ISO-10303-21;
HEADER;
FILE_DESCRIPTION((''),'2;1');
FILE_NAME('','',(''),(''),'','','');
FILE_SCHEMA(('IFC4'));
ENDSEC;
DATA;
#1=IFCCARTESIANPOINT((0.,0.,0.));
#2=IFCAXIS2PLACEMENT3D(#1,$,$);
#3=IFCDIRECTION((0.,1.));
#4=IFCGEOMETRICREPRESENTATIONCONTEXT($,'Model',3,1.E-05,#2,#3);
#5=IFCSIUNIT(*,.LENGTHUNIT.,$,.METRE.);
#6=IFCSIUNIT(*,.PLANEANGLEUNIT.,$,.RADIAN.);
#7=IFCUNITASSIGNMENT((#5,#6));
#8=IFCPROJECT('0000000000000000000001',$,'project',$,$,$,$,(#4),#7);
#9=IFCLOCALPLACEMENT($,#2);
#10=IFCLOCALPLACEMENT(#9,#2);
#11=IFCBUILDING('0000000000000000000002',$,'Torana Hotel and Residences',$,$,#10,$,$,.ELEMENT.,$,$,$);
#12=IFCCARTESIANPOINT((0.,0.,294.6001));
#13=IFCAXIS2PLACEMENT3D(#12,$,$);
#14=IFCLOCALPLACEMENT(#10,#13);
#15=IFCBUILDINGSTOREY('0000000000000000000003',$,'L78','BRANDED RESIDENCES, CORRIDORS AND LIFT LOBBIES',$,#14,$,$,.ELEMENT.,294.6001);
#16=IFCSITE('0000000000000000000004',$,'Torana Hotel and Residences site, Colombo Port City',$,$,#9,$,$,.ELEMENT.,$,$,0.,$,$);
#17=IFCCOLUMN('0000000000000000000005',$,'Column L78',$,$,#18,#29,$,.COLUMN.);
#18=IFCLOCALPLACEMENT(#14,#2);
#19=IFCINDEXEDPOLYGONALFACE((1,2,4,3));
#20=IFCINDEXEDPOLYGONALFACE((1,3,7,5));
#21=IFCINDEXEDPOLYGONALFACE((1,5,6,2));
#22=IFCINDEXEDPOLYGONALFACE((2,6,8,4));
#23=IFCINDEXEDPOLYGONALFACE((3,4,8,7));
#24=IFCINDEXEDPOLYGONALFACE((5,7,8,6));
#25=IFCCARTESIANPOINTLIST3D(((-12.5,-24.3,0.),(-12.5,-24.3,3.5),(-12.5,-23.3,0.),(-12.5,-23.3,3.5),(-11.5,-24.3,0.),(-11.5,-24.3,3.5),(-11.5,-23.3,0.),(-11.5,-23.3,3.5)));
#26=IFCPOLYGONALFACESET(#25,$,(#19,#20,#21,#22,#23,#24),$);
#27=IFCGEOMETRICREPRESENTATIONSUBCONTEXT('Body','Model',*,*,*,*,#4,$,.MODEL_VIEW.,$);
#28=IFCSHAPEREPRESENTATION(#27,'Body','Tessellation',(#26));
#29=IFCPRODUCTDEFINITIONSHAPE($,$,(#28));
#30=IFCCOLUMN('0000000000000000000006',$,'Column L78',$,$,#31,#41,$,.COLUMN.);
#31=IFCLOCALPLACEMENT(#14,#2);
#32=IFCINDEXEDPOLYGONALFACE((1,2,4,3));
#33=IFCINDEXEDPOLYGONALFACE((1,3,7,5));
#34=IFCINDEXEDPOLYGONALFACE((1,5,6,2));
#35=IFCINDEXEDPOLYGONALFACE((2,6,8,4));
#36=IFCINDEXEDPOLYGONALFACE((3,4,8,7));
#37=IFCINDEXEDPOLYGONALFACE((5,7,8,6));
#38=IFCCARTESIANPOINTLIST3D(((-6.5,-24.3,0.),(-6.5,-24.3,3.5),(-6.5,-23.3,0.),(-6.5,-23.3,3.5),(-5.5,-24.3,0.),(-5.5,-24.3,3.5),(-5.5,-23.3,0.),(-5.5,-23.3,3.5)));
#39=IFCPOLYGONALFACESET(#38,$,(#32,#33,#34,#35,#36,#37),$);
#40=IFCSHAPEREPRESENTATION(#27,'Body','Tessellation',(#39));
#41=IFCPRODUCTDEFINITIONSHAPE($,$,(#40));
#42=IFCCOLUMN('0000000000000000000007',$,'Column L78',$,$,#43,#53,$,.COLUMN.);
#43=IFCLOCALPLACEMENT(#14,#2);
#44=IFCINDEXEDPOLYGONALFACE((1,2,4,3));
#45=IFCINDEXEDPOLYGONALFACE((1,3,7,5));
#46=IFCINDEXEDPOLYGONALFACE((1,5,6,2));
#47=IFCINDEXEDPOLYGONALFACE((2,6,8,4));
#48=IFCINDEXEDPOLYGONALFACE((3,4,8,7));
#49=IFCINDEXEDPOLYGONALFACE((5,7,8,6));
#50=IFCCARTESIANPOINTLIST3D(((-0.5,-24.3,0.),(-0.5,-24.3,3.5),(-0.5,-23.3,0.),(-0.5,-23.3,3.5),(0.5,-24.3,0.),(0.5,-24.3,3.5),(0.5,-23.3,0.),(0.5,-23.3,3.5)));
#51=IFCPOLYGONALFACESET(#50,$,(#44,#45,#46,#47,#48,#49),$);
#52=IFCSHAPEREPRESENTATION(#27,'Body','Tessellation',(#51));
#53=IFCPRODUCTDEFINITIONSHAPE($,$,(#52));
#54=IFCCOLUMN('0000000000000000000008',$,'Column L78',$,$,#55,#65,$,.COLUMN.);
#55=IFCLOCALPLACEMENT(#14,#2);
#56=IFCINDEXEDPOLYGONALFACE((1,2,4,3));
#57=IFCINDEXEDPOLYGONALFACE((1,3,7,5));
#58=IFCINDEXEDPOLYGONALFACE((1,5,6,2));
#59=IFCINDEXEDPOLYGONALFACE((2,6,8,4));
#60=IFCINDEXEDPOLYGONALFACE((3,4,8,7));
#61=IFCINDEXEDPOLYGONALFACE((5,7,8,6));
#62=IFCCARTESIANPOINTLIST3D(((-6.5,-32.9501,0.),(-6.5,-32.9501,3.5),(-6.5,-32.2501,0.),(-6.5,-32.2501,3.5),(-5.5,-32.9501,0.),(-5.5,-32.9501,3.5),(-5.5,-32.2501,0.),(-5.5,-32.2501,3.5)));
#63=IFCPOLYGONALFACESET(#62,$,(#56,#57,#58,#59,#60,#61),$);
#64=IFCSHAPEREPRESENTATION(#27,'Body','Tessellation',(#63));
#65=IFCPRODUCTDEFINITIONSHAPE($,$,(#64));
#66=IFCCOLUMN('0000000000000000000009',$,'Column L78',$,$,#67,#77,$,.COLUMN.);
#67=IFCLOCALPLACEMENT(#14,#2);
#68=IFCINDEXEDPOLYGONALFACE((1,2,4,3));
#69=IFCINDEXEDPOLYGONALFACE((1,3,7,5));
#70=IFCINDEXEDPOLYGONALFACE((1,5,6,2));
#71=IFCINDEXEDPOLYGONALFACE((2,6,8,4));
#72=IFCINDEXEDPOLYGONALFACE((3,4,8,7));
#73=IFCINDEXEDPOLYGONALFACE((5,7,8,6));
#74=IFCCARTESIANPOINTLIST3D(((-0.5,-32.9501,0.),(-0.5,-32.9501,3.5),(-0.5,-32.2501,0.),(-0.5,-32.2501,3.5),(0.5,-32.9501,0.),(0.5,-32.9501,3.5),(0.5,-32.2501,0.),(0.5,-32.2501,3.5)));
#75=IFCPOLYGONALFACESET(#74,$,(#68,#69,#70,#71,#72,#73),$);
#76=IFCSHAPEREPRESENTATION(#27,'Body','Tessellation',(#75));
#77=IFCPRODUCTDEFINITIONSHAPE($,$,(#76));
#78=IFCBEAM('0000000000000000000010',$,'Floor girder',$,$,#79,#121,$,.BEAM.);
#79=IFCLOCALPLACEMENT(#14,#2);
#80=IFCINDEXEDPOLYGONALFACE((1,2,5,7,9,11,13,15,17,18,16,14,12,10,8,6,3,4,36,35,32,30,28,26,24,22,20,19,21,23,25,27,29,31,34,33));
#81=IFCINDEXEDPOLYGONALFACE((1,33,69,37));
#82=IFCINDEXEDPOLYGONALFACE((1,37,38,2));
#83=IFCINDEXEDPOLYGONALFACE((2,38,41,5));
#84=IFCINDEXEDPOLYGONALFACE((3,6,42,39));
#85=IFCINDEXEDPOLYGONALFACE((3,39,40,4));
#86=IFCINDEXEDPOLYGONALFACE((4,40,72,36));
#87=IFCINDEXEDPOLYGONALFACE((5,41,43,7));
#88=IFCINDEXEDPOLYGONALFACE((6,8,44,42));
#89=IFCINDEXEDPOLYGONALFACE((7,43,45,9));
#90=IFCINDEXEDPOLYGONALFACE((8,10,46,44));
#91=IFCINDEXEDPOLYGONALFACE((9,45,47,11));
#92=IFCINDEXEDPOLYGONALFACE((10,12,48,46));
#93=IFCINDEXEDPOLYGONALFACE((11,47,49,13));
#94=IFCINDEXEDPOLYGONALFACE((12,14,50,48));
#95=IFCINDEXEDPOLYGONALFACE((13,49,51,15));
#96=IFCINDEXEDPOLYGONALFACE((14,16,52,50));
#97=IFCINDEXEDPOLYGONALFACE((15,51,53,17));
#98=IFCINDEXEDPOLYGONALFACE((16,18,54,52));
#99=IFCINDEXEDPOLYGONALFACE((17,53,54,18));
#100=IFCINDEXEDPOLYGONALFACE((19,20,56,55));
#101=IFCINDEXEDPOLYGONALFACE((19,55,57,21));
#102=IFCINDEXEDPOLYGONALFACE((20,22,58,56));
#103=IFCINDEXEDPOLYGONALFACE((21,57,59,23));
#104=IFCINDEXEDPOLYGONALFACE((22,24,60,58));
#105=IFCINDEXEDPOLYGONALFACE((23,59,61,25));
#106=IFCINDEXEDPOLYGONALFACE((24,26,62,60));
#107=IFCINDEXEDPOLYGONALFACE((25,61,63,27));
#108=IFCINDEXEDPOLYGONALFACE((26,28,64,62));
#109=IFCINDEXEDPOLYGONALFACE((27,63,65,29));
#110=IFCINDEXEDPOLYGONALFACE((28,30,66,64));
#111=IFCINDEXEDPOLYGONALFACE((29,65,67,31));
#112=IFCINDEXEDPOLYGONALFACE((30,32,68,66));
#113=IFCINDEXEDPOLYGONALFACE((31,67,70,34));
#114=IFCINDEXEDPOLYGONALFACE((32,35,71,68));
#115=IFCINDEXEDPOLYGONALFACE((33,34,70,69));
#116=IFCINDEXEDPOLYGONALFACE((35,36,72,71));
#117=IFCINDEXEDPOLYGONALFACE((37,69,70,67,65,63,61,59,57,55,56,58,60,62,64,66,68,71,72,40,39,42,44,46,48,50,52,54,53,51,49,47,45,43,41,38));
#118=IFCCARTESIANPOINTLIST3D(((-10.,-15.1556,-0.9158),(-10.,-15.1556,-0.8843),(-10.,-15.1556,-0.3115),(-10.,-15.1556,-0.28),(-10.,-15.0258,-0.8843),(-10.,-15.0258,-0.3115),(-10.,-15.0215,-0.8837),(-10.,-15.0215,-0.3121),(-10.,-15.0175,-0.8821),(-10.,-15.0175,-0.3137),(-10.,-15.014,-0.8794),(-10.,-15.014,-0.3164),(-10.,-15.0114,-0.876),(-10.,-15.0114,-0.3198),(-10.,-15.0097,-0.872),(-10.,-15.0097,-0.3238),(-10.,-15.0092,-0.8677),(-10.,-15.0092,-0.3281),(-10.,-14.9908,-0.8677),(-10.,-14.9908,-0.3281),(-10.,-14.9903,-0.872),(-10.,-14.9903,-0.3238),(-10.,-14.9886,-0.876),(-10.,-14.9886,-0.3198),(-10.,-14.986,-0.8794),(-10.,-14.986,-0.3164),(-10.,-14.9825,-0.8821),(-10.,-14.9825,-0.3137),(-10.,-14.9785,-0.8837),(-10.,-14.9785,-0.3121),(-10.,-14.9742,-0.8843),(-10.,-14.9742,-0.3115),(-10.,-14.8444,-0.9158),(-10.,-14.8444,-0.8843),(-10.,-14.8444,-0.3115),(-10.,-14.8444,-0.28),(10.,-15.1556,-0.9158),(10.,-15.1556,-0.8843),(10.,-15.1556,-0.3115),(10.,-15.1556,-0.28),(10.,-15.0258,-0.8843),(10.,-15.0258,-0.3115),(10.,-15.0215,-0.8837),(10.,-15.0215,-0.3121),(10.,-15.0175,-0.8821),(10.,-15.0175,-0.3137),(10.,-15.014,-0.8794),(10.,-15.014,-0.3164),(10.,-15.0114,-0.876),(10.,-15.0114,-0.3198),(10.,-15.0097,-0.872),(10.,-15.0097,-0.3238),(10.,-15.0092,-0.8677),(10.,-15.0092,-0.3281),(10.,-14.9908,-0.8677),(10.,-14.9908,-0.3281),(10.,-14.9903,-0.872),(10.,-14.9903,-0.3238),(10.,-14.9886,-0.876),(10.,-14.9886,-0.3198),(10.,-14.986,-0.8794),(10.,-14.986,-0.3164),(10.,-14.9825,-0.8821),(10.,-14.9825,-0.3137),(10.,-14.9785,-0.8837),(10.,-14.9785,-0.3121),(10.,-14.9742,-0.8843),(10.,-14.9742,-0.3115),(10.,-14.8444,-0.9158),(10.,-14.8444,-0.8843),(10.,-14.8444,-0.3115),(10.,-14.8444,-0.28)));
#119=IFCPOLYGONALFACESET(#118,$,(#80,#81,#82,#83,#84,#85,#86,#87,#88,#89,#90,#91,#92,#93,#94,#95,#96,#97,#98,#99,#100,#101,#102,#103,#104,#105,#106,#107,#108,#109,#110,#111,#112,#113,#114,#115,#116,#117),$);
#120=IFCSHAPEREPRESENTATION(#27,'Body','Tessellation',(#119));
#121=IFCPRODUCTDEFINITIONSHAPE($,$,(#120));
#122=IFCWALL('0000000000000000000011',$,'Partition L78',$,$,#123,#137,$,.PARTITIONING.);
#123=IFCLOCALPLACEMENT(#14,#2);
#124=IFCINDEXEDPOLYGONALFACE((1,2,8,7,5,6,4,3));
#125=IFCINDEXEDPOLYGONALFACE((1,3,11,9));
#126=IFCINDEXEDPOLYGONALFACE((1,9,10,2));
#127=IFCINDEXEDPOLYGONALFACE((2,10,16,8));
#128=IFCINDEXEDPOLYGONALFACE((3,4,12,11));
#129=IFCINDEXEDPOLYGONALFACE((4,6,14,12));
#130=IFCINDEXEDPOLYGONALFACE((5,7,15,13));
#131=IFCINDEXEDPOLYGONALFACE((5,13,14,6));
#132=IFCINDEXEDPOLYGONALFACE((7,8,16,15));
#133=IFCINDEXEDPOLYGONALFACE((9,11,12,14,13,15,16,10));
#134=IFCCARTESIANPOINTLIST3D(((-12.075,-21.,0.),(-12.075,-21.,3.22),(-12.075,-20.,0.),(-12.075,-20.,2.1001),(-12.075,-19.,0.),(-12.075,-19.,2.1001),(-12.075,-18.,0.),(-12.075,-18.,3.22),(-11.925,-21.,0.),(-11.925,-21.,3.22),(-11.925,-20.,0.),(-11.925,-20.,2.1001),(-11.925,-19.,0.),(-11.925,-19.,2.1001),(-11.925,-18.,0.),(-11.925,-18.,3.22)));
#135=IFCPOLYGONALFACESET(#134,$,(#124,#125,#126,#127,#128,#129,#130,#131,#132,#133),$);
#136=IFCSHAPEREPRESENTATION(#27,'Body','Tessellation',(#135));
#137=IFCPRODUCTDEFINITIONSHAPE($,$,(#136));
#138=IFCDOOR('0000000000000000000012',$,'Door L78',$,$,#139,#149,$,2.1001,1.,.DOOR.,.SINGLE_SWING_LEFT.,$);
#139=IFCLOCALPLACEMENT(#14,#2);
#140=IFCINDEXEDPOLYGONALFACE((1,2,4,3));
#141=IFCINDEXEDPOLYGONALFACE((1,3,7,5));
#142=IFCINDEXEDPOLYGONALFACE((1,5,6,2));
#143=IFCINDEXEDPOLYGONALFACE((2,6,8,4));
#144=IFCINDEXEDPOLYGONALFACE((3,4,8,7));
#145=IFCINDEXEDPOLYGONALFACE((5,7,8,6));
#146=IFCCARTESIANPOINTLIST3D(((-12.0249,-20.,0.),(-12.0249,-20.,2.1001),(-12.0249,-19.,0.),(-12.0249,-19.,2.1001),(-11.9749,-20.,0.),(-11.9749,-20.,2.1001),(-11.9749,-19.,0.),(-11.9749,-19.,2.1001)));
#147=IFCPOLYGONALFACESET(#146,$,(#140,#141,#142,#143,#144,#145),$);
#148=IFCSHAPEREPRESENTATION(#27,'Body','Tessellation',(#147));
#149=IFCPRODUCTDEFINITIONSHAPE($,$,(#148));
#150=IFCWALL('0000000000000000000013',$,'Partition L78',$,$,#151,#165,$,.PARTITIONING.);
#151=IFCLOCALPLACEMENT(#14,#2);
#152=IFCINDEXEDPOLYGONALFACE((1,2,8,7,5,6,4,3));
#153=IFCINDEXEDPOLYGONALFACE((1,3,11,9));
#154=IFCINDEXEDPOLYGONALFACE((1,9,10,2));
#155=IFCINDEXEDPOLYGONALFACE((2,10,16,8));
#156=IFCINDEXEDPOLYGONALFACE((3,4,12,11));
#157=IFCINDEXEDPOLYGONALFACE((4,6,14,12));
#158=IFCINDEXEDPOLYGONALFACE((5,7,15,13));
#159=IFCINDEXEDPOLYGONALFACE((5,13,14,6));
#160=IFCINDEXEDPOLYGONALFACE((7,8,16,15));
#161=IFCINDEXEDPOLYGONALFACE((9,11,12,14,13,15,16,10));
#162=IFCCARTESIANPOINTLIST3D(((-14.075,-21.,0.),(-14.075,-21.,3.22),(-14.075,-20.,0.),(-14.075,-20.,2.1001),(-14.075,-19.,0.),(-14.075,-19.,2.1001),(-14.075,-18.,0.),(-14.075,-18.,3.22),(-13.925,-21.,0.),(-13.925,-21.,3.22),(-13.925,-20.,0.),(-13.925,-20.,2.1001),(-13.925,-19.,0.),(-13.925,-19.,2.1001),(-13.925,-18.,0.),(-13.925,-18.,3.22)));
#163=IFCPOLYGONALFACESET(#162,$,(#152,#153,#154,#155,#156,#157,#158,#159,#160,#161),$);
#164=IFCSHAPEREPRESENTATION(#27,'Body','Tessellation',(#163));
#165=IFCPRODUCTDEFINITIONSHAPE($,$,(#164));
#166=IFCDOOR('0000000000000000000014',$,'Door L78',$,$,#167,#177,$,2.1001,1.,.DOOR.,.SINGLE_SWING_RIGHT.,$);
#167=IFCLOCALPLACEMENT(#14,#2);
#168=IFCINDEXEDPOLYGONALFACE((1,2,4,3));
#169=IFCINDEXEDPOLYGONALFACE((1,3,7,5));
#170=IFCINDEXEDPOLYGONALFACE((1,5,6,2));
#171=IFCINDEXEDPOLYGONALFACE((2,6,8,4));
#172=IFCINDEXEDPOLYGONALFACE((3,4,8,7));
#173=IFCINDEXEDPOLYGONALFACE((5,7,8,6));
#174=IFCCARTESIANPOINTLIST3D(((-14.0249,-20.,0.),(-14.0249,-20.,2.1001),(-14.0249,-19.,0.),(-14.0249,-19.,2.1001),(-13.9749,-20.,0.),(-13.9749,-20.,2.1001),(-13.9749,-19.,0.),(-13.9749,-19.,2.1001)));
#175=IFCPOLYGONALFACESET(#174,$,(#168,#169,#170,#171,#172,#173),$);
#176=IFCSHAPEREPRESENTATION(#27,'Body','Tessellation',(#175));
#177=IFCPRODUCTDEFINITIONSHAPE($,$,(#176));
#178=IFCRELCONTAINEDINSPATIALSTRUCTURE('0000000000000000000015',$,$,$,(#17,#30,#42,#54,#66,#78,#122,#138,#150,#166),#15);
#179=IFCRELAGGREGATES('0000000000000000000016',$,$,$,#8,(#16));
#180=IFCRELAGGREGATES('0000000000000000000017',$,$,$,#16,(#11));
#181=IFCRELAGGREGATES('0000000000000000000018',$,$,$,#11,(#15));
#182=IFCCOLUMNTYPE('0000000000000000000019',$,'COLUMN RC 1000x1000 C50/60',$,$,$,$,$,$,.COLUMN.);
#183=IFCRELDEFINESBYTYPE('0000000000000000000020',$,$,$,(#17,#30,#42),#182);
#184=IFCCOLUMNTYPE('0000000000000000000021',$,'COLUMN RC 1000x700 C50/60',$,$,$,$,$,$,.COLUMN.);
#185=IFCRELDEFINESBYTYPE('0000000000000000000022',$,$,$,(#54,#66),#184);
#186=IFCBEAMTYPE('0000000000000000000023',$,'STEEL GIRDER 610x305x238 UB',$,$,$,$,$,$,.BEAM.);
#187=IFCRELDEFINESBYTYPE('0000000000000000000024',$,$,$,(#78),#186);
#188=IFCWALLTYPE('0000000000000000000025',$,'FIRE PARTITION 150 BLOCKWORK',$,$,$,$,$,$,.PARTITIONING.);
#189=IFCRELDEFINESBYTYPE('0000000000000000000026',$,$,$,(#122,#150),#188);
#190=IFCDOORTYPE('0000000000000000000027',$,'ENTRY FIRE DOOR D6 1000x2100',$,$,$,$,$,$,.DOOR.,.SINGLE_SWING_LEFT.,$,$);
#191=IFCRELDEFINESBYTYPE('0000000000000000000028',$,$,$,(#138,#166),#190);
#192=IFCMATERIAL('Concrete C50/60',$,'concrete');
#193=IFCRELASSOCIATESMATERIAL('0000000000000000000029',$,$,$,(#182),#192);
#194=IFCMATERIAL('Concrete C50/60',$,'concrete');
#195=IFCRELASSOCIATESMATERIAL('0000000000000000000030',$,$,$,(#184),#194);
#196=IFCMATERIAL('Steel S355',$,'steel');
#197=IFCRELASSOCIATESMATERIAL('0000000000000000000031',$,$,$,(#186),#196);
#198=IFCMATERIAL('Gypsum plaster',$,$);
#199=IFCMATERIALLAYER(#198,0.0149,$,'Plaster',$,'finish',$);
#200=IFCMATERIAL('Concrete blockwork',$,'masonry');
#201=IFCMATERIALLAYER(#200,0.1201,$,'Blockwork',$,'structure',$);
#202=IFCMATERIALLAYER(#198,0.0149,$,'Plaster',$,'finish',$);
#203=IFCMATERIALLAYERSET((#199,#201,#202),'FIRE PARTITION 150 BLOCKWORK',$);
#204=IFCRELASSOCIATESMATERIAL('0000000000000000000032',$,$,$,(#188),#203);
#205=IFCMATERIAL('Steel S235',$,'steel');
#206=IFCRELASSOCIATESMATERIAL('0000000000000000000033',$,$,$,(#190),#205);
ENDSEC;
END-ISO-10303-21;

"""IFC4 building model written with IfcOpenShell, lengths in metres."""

from ifc_helpers import new_model, si_unit, direction, frame, frame_2d, origin, origin_2d, place, context, subcontext, project, spatial, rectangle, i_section, extrude, material, layer, layer_set, material_profile, profile_set, type_object, element, fill, save


model = new_model("IFC4")

# Units and contexts
model_context = context("Model", 3, precision=1e-05, world=origin(), true_north=direction((0.0, 1.0)))
body_context = subcontext(model_context, "Body", "Model", "MODEL_VIEW")
ifc_project = project(units=[si_unit("LENGTHUNIT", "METRE"), si_unit("PLANEANGLEUNIT", "RADIAN")], contexts=[model_context])

# Site, building, storey
site_placement = place(None, origin())
site = spatial("IfcSite", under=ifc_project, at=site_placement, Name="Torana Hotel and Residences site, Colombo Port City", CompositionType="ELEMENT", RefElevation=0.0)
building_placement = place(site_placement, origin())
building = spatial("IfcBuilding", under=site, at=building_placement, Name="Torana Hotel and Residences", CompositionType="ELEMENT")
storey_placement = place(building_placement, frame((0.0, 0.0, 294.6001)))
storey = spatial("IfcBuildingStorey", under=building, at=storey_placement, Name="L78", Description="BRANDED RESIDENCES, CORRIDORS AND LIFT LOBBIES", CompositionType="ELEMENT", Elevation=294.6001)

# Columns
ifc_material_1 = material(Name="Concrete C50/60", Category="concrete")
ifc_material_profile_1 = material_profile(ifc_material_1, rectangle(XDim=1.0, YDim=1.0, at=origin_2d()), Name="RC 1000x1000")
ifc_profile_set_1 = profile_set([ifc_material_profile_1], Name="Concrete C50/60")
column_type_1 = type_object("IfcColumnType", Name="COLUMN RC 1000x1000 C50/60", PredefinedType="COLUMN", material=ifc_profile_set_1)
for number, where, z_axis, x_axis, name in (
    (1, (-12.0, -23.8, 0.0), (0.0, 0.0, 1.0), (1.0, 0.0, 0.0), "Column L78"),
    (2, (-6.0, -23.8, 0.0), (0.0, 0.0, 1.0), (1.0, 0.0, 0.0), "Column L78"),
    (3, (0.0, -23.8, 0.0), (0.0, 0.0, 1.0), (1.0, 0.0, 0.0), "Column L78"),
):
    element("IfcColumn", number, at=place(storey_placement, frame(where, z_axis=z_axis, x_axis=x_axis)), inside=storey, type_object=column_type_1, Name=name, PredefinedType="COLUMN", context=body_context, shape_type="SweptSolid", body=[
        extrude(rectangle(XDim=1.0, YDim=1.0, at=origin_2d()), origin(), (0.0, 0.0, 1.0), 3.5),
    ])
ifc_material_2 = material(Name="Concrete C50/60", Category="concrete")
ifc_material_profile_2 = material_profile(ifc_material_2, rectangle(XDim=1.0, YDim=0.7, at=origin_2d()), Name="RC 1000x700")
ifc_profile_set_2 = profile_set([ifc_material_profile_2], Name="Concrete C50/60")
column_type_2 = type_object("IfcColumnType", Name="COLUMN RC 1000x700 C50/60", PredefinedType="COLUMN", material=ifc_profile_set_2)
for number, where, z_axis, x_axis, name in (
    (4, (-6.0, -32.6001, 0.0), (0.0, 0.0, 1.0), (1.0, 0.0, 0.0), "Column L78"),
    (5, (0.0, -32.6001, 0.0), (0.0, 0.0, 1.0), (1.0, 0.0, 0.0), "Column L78"),
):
    element("IfcColumn", number, at=place(storey_placement, frame(where, z_axis=z_axis, x_axis=x_axis)), inside=storey, type_object=column_type_2, Name=name, PredefinedType="COLUMN", context=body_context, shape_type="SweptSolid", body=[
        extrude(rectangle(XDim=1.0, YDim=0.7, at=origin_2d()), origin(), (0.0, 0.0, 1.0), 3.5),
    ])

# Beam
ifc_material_3 = material(Name="Steel S355", Category="steel")
ifc_material_profile_3 = material_profile(ifc_material_3, i_section(OverallWidth=0.3113, OverallDepth=0.6357, WebThickness=0.0183, FlangeThickness=0.0315, FilletRadius=0.0166, at=origin_2d()), Name="610x305x238 UB")
ifc_profile_set_3 = profile_set([ifc_material_profile_3], Name="Steel S355")
beam_type = type_object("IfcBeamType", Name="STEEL GIRDER 610x305x238 UB", PredefinedType="BEAM", material=ifc_profile_set_3)
beam_placement = place(storey_placement, frame((-10.0, -15.0, -0.5979), z_axis=(1.0, 0.0, 0.0), x_axis=(0.0, 1.0, 0.0)))
element("IfcBeam", 6, at=beam_placement, inside=storey, type_object=beam_type, Name="Floor girder", PredefinedType="BEAM", context=body_context, shape_type="SweptSolid", body=[
    extrude(i_section(OverallWidth=0.3113, OverallDepth=0.6357, WebThickness=0.0183, FlangeThickness=0.0315, FilletRadius=0.0166, at=origin_2d()), origin(), (0.0, 0.0, 1.0), 20.0),
])

# Walls, openings, doors
ifc_material_4 = material(Name="Gypsum plaster")
ifc_layer_1 = layer(ifc_material_4, 0.0149, Name="Plaster", Category="finish")
ifc_material_5 = material(Name="Concrete blockwork", Category="masonry")
ifc_layer_2 = layer(ifc_material_5, 0.1201, Name="Blockwork", Category="structure")
ifc_layer_3 = layer(ifc_material_4, 0.0149, Name="Plaster", Category="finish")
ifc_layer_set_1 = layer_set([ifc_layer_1, ifc_layer_2, ifc_layer_3], Name="FIRE PARTITION 150 BLOCKWORK")
wall_type_1 = type_object("IfcWallType", Name="FIRE PARTITION 150 BLOCKWORK", PredefinedType="PARTITIONING", material=ifc_layer_set_1)
wall_1_placement = place(storey_placement, frame((-12.0, -21.0, 0.0), z_axis=(0.0, 0.0, 1.0), x_axis=(0.0, 1.0, 0.0)))
wall_1 = element("IfcWall", 7, at=wall_1_placement, inside=storey, type_object=wall_type_1, Name="Partition L78", PredefinedType="PARTITIONING", context=body_context, shape_type="SweptSolid", body=[
    extrude(rectangle(XDim=3.0, YDim=0.1499, at=frame_2d((1.5, 0.0))), origin(), (0.0, 0.0, 1.0), 3.22),
])
opening_1_placement = place(wall_1_placement, frame((1.0, 0.0, 0.0)))
opening_1 = element("IfcOpeningElement", 8, at=opening_1_placement, cuts=wall_1, PredefinedType="OPENING", context=body_context, shape_type="SweptSolid", body=[
    extrude(rectangle(XDim=1.0, YDim=2.1001, at=frame_2d((0.5, 1.05))), frame((0.0, 0.085, 0.0), z_axis=(0.0, -1.0, 0.0), x_axis=(1.0, 0.0, 0.0)), (0.0, 0.0, 1.0), 0.1699),
])
ifc_material_6 = material(Name="Steel S235", Category="steel")
door_type_1 = type_object("IfcDoorType", Name="ENTRY FIRE DOOR D6 1000x2100", OperationType="SINGLE_SWING_LEFT", PredefinedType="DOOR", material=ifc_material_6)
door_1_placement = place(opening_1_placement, frame((0.5, 0.0, 0.0), z_axis=(0.0, 0.0, 1.0), x_axis=(-1.0, 0.0, 0.0)))
door_1 = element("IfcDoor", 9, at=door_1_placement, inside=storey, type_object=door_type_1, Name="Door L78", OperationType="SINGLE_SWING_LEFT", OverallHeight=2.1001, OverallWidth=1.0, PredefinedType="DOOR", context=body_context, shape_type="SweptSolid", body=[
    extrude(rectangle(XDim=1.0, YDim=2.1001, at=frame_2d((0.0, 1.05))), frame((0.0, -0.0249, 0.0), z_axis=(0.0, 1.0, 0.0), x_axis=(-1.0, 0.0, 0.0)), (0.0, 0.0, 1.0), 0.05),
])
fill(opening_1, door_1)
wall_2_placement = place(storey_placement, frame((-14.0, -21.0, 0.0), z_axis=(0.0, 0.0, 1.0), x_axis=(0.0, 1.0, 0.0)))
wall_2 = element("IfcWall", 10, at=wall_2_placement, inside=storey, type_object=wall_type_1, Name="Partition L78", PredefinedType="PARTITIONING", context=body_context, shape_type="SweptSolid", body=[
    extrude(rectangle(XDim=3.0, YDim=0.1499, at=frame_2d((1.5, 0.0))), origin(), (0.0, 0.0, 1.0), 3.22),
])
opening_2_placement = place(wall_2_placement, frame((1.0, 0.0, 0.0)))
opening_2 = element("IfcOpeningElement", 11, at=opening_2_placement, cuts=wall_2, PredefinedType="OPENING", context=body_context, shape_type="SweptSolid", body=[
    extrude(rectangle(XDim=1.0, YDim=2.1001, at=frame_2d((0.5, 1.05))), frame((0.0, 0.085, 0.0), z_axis=(0.0, -1.0, 0.0), x_axis=(1.0, 0.0, 0.0)), (0.0, 0.0, 1.0), 0.1699),
])
door_2_placement = place(opening_2_placement, origin())
door_2 = element("IfcDoor", 12, at=door_2_placement, inside=storey, type_object=door_type_1, Name="Door L78", OperationType="SINGLE_SWING_RIGHT", OverallHeight=2.1001, OverallWidth=1.0, PredefinedType="DOOR", context=body_context, shape_type="SweptSolid", body=[
    extrude(rectangle(XDim=1.0, YDim=2.1001, at=frame_2d((0.5, 1.05))), frame((0.0, 0.0249, 0.0), z_axis=(0.0, -1.0, 0.0), x_axis=(1.0, 0.0, 0.0)), (0.0, 0.0, 1.0), 0.05),
])
fill(opening_2, door_2)

save(model, "model.ifc")
